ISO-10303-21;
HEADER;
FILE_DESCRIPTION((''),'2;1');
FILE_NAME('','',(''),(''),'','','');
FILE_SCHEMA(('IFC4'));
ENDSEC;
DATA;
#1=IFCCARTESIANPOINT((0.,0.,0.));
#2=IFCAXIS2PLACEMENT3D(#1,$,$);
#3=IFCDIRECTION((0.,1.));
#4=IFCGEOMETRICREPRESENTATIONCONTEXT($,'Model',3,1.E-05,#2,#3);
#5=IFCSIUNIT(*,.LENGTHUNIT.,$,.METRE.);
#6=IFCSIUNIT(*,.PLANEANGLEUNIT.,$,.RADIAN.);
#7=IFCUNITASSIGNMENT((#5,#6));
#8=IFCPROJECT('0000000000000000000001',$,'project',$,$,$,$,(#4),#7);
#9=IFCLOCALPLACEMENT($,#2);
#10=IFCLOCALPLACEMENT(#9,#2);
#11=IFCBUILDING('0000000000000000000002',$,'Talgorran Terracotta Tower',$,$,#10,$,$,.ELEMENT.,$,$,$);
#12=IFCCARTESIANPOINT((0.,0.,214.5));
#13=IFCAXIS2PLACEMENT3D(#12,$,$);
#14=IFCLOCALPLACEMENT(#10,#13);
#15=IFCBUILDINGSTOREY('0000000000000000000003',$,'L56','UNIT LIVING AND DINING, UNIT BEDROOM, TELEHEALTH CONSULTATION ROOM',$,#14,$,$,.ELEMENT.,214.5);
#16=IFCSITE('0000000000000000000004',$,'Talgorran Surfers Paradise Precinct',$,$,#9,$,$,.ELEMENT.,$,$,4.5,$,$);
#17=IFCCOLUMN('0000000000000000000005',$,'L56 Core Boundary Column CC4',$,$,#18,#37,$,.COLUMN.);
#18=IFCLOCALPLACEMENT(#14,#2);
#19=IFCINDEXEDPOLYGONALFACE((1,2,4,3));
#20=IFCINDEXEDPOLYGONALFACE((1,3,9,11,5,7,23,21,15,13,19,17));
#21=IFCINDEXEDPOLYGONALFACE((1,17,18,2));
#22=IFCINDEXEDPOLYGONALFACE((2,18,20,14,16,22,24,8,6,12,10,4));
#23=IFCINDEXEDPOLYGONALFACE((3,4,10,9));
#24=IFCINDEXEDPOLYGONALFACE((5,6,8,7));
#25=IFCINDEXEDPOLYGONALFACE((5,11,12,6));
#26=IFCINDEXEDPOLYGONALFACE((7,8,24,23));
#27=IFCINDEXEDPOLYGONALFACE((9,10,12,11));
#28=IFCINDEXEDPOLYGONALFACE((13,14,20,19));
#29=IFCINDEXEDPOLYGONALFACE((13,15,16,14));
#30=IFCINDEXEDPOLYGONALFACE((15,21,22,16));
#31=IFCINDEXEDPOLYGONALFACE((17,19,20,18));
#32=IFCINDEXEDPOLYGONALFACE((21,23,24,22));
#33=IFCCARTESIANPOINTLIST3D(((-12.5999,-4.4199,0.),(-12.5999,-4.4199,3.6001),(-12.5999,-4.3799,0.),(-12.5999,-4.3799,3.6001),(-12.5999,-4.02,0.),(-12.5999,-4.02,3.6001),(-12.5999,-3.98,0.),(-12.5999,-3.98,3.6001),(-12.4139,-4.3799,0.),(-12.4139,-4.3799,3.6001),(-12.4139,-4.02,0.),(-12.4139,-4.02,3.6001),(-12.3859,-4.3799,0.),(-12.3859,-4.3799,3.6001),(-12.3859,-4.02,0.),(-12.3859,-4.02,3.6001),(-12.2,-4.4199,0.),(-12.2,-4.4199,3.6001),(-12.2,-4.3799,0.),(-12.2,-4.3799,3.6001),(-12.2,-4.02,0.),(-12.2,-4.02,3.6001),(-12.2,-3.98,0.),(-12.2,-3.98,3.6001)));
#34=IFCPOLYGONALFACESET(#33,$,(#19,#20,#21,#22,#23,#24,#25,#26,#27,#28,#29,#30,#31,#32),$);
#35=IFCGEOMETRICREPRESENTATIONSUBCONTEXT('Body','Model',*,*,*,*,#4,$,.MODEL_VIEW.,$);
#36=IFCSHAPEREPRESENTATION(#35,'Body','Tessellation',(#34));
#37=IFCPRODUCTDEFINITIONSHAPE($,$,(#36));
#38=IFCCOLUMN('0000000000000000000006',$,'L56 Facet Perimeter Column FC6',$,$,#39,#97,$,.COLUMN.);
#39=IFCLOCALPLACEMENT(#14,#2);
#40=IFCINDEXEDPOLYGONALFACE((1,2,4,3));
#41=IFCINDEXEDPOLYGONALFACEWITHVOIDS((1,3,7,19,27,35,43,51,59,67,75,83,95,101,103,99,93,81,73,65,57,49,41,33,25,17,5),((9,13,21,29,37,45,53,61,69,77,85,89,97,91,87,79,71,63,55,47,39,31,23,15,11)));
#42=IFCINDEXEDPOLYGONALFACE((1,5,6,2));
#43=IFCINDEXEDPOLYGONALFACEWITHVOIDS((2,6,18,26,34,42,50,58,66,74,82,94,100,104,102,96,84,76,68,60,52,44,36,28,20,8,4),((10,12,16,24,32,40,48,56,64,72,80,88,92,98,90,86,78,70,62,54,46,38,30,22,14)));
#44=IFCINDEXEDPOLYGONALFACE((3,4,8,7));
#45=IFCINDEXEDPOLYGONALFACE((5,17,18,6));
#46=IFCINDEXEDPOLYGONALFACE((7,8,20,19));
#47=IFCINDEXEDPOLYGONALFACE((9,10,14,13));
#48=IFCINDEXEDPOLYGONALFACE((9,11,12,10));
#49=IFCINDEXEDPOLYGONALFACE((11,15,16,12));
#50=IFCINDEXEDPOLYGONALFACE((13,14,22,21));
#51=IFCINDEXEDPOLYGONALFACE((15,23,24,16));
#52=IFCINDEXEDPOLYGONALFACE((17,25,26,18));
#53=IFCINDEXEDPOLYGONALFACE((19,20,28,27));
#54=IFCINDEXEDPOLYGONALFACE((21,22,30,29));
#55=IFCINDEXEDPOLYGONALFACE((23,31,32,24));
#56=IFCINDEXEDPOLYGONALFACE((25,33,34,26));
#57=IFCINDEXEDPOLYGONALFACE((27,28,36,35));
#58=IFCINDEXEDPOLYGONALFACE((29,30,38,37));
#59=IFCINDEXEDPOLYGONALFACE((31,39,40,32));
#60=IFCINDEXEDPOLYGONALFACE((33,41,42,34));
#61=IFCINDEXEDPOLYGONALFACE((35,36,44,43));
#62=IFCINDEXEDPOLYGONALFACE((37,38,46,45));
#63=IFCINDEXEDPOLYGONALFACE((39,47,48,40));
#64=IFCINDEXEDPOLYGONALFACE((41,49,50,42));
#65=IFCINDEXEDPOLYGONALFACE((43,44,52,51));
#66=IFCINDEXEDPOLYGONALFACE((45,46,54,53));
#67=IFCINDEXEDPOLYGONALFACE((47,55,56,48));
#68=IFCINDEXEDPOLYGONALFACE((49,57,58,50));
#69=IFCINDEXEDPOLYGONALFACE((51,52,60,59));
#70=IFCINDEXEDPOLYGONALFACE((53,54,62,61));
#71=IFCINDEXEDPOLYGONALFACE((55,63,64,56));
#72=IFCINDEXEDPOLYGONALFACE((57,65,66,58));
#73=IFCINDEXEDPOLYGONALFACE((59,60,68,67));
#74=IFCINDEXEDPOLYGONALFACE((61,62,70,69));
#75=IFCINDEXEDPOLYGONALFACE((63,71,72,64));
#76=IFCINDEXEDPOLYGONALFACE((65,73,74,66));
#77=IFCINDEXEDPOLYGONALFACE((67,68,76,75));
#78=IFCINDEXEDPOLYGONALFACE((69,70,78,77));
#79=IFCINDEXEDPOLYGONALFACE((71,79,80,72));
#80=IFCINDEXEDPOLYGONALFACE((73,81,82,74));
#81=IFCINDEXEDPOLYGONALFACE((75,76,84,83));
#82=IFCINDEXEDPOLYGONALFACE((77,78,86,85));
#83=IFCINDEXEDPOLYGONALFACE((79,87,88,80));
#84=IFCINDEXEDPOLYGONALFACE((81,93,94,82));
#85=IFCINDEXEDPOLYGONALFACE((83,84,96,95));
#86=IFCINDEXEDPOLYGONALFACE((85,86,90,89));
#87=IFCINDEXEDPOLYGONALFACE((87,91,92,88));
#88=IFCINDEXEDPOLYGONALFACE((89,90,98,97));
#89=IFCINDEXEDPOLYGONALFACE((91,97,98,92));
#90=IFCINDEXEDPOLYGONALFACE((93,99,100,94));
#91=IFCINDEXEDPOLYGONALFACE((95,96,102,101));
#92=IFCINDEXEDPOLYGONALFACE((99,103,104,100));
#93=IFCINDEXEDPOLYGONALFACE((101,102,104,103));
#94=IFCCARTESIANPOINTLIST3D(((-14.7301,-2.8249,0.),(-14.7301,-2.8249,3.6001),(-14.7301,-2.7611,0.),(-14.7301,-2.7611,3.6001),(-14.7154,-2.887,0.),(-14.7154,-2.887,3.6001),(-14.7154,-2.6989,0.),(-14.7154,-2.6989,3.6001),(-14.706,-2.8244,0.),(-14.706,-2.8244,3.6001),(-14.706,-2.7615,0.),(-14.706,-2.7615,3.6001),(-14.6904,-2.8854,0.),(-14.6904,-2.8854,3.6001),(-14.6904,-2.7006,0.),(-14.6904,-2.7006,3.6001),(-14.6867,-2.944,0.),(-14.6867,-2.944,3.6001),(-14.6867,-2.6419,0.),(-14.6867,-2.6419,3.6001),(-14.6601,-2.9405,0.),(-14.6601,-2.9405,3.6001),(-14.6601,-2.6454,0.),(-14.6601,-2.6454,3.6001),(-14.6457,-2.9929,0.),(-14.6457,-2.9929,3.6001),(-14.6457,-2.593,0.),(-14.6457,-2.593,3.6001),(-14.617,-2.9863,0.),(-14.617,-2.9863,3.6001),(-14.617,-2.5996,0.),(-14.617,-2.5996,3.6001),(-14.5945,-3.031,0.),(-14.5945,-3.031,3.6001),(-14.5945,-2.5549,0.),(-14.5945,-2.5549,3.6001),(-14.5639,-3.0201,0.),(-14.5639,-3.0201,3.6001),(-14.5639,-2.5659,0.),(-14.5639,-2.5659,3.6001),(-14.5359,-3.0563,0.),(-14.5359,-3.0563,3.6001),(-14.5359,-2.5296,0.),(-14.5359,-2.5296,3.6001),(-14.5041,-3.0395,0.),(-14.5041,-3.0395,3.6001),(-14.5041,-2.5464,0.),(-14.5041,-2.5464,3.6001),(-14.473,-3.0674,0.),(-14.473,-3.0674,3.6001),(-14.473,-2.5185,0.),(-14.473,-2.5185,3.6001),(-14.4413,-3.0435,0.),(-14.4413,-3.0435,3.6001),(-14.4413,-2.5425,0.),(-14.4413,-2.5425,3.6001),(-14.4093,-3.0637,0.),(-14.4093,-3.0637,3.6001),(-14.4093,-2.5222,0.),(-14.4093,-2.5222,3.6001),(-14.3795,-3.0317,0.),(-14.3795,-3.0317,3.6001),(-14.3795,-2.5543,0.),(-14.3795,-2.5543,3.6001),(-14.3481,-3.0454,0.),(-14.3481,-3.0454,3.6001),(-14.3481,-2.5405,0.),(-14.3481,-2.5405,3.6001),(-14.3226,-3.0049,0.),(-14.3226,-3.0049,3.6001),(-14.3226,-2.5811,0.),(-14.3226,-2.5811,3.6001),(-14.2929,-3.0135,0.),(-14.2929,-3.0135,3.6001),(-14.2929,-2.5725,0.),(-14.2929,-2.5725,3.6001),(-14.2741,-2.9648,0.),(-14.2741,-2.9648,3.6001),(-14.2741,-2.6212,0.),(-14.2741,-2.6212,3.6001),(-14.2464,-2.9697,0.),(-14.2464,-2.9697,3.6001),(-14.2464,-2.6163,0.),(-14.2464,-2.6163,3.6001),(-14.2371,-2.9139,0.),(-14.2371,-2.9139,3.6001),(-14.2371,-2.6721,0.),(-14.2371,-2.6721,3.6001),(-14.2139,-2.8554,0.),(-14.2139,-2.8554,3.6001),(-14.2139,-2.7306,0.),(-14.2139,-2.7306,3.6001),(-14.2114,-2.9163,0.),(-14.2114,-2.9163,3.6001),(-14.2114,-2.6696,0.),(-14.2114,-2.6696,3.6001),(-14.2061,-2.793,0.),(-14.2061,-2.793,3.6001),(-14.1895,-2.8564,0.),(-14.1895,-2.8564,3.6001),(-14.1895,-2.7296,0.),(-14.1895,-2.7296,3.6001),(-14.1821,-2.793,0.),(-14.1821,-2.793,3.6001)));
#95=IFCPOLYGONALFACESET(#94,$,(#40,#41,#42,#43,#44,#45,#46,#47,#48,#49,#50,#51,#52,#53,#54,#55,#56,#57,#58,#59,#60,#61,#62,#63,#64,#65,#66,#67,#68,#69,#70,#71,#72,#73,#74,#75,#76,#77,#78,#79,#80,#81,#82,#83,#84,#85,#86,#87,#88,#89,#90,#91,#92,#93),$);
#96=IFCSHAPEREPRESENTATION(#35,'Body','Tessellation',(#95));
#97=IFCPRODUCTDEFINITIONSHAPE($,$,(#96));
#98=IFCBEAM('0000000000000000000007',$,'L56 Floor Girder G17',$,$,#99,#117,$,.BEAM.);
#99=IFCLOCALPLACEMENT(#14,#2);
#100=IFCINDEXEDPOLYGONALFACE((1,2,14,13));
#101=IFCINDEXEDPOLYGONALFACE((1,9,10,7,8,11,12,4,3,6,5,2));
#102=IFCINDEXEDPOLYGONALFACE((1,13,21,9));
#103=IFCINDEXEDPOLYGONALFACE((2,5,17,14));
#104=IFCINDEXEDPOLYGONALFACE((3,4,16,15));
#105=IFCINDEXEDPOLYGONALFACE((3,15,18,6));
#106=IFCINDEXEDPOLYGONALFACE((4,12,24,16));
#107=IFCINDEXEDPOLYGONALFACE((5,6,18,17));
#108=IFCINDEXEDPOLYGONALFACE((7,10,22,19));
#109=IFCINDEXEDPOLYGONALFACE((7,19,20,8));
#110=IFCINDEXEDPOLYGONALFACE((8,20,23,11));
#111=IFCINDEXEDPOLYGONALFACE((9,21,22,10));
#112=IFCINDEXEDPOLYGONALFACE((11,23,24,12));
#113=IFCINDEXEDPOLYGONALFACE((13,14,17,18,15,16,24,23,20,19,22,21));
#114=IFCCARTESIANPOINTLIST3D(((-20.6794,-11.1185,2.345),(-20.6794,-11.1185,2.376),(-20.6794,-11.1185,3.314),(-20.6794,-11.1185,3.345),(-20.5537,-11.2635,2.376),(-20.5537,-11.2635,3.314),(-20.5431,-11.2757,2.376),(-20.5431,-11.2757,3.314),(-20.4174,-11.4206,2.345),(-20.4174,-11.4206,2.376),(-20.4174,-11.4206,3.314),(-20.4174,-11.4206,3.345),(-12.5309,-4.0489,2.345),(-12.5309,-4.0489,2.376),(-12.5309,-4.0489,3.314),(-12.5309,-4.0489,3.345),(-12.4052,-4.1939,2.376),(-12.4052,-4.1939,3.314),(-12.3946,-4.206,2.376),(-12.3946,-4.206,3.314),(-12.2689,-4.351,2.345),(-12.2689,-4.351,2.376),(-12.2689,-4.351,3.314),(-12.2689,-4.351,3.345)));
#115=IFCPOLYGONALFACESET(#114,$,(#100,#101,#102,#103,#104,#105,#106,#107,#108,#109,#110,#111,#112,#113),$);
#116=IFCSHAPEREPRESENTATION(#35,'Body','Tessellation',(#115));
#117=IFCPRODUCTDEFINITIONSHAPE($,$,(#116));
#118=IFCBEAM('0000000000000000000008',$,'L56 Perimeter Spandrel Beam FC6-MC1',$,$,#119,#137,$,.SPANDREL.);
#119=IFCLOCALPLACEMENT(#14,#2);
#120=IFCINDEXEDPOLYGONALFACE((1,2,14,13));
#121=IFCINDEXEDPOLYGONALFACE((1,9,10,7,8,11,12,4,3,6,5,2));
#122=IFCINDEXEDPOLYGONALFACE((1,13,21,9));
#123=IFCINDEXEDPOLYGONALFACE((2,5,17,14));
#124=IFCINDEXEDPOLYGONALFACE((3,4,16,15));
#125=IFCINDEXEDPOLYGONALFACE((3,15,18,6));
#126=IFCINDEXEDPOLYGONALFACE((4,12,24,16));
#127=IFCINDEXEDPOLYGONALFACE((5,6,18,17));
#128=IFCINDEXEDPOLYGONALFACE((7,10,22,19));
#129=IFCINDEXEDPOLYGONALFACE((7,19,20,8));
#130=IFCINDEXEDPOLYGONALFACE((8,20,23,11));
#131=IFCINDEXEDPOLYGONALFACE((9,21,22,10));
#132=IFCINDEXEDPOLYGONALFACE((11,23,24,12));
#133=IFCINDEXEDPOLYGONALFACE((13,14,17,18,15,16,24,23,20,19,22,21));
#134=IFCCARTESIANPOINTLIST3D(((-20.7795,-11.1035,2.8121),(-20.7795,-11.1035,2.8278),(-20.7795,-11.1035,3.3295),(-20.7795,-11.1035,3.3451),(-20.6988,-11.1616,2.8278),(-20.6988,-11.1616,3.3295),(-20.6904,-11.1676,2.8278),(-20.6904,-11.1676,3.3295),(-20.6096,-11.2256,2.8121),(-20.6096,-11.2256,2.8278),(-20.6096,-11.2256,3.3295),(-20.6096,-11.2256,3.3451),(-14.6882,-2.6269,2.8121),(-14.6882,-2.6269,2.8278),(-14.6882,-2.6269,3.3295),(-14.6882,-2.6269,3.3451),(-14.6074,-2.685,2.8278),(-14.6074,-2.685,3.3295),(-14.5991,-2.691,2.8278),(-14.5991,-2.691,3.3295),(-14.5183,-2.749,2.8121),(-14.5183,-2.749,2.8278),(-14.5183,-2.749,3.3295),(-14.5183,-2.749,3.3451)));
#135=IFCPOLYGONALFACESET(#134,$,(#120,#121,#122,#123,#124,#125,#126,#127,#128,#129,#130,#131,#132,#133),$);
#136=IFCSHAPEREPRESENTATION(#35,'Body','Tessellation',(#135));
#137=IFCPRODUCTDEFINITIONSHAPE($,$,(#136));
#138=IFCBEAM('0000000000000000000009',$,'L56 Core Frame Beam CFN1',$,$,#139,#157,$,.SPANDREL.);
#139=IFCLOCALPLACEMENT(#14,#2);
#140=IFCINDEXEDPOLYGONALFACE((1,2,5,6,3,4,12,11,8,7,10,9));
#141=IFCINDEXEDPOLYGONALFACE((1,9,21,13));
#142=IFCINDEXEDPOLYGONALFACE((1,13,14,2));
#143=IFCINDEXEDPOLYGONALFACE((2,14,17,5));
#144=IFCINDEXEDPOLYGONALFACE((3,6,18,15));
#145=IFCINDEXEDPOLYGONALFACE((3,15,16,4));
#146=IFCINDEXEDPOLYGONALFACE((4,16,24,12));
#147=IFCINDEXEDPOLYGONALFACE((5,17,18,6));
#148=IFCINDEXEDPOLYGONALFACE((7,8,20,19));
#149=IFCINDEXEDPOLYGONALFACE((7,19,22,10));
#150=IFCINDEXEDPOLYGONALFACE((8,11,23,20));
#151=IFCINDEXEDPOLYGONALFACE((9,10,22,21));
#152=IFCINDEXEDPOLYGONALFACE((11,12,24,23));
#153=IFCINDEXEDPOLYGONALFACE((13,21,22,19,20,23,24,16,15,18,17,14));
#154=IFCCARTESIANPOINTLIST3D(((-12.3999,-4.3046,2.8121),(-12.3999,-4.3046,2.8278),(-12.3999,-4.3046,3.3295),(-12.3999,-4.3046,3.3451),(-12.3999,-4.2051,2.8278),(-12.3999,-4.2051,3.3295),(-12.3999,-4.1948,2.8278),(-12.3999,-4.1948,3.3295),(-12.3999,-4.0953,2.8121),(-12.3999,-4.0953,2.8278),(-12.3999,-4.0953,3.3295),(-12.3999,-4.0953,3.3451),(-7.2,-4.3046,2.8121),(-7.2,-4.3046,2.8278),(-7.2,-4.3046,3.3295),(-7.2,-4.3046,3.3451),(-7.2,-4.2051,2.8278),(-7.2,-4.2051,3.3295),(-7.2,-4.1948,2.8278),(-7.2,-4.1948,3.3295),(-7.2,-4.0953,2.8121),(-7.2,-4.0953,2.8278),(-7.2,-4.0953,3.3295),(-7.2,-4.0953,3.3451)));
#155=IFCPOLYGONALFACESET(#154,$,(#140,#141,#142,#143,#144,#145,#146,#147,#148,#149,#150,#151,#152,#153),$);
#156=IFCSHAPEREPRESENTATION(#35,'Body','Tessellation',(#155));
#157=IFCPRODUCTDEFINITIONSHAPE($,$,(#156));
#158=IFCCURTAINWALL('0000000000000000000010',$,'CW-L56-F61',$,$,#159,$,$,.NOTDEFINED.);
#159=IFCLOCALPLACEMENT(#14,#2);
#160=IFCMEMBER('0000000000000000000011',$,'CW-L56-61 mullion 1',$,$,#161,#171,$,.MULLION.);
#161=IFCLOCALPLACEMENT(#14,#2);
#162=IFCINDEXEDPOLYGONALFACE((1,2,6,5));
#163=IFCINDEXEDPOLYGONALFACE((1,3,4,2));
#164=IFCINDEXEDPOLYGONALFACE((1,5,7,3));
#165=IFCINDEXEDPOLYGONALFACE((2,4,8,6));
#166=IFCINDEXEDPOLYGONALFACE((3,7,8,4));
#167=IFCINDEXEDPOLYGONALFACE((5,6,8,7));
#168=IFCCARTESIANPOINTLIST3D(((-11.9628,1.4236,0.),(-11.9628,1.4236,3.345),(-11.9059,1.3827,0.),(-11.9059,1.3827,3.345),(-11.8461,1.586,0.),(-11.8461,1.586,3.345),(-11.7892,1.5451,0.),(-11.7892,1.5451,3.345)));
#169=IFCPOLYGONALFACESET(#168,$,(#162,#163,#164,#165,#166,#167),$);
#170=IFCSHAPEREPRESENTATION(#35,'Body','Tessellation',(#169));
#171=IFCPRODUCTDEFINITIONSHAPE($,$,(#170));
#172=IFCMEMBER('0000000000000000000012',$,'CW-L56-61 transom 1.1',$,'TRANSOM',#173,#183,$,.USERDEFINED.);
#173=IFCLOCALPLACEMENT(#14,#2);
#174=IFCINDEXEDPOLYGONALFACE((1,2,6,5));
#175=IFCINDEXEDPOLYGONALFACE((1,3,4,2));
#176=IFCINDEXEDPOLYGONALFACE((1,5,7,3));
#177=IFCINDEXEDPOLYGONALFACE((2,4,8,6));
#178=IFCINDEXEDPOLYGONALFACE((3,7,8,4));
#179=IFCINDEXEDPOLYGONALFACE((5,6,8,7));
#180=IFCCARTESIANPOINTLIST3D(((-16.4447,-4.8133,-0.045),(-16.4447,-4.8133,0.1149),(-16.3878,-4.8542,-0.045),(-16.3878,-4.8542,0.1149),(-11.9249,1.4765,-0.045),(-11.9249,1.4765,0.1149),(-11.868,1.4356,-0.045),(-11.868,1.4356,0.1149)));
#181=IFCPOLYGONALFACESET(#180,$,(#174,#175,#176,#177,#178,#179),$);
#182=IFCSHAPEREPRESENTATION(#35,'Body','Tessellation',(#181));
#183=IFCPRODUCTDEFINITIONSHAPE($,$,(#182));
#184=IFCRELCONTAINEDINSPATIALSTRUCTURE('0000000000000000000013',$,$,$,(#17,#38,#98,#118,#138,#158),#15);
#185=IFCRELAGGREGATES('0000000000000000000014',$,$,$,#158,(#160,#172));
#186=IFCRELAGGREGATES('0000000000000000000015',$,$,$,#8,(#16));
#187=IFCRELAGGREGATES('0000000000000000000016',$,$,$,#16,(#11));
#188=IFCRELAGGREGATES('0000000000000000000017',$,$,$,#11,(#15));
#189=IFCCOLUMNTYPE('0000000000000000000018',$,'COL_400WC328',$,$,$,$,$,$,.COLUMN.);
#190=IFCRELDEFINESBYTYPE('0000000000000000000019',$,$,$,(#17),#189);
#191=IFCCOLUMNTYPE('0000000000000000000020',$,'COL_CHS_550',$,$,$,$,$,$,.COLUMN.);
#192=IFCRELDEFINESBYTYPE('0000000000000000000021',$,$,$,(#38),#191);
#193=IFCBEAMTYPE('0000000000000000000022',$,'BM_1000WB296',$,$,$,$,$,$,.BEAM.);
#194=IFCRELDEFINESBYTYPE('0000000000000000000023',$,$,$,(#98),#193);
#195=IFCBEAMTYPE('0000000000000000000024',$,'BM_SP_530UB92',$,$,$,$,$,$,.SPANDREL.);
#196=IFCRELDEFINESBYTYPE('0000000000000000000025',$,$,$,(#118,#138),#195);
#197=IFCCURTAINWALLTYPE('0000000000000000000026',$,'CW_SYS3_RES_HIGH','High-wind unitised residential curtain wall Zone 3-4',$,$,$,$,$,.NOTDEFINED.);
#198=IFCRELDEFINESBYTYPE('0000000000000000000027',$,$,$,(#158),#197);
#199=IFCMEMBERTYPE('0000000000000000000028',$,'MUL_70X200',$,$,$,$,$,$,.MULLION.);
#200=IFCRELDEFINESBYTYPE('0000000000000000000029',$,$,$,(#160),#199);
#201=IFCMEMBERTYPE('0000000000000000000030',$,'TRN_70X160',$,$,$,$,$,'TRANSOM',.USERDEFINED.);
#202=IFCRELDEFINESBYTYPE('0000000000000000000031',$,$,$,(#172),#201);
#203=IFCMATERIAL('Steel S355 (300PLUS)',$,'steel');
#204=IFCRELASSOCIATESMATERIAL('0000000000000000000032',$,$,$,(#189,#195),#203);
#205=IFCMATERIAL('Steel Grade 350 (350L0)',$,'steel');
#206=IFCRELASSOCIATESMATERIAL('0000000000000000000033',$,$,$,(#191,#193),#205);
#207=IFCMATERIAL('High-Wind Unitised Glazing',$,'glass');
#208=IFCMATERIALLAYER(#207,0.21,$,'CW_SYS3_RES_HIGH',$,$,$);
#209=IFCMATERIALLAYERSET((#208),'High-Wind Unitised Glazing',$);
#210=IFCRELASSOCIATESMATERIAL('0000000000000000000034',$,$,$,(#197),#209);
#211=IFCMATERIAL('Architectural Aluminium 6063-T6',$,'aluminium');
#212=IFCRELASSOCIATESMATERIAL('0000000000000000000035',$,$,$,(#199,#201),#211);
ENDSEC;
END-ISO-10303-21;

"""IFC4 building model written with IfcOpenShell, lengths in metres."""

from ifc_helpers import new_model, si_unit, direction, frame, origin, origin_2d, place, context, subcontext, project, spatial, rectangle, hollow_circle, i_section, extrude, material, layer, layer_set, material_profile, profile_set, type_object, element, aggregate, save


model = new_model("IFC4")

# Units and contexts
model_context = context("Model", 3, precision=1e-05, world=origin(), true_north=direction((0.0, 1.0)))
body_context = subcontext(model_context, "Body", "Model", "MODEL_VIEW")
ifc_project = project(units=[si_unit("LENGTHUNIT", "METRE"), si_unit("PLANEANGLEUNIT", "RADIAN")], contexts=[model_context])

# Site, building, storey
site_placement = place(None, origin())
site = spatial("IfcSite", under=ifc_project, at=site_placement, Name="Talgorran Surfers Paradise Precinct", CompositionType="ELEMENT", RefElevation=4.5)
building_placement = place(site_placement, origin())
building = spatial("IfcBuilding", under=site, at=building_placement, Name="Talgorran Terracotta Tower", CompositionType="ELEMENT")
storey_placement = place(building_placement, frame((0.0, 0.0, 214.5)))
storey = spatial("IfcBuildingStorey", under=building, at=storey_placement, Name="L56", Description="UNIT LIVING AND DINING, UNIT BEDROOM, TELEHEALTH CONSULTATION ROOM", CompositionType="ELEMENT", Elevation=214.5)

# Columns
ifc_material_1 = material(Name="Steel S355 (300PLUS)", Category="steel")
ifc_material_profile_1 = material_profile(ifc_material_1, i_section(OverallWidth=0.3999, OverallDepth=0.4399, WebThickness=0.0281, FlangeThickness=0.04, at=origin_2d()), Name="400WC328")
ifc_profile_set_1 = profile_set([ifc_material_profile_1], Name="Steel S355 (300PLUS)")
column_type_1 = type_object("IfcColumnType", Name="COL_400WC328", PredefinedType="COLUMN", material=ifc_profile_set_1)
column_1_placement = place(storey_placement, frame((-12.3999, -4.2, 0.0), z_axis=(0.0, 0.0, 1.0), x_axis=(1.0, 0.0, 0.0)))
element("IfcColumn", 1, at=column_1_placement, inside=storey, type_object=column_type_1, Name="L56 Core Boundary Column CC4", PredefinedType="COLUMN", context=body_context, shape_type="SweptSolid", body=[
    extrude(i_section(OverallWidth=0.3999, OverallDepth=0.4399, WebThickness=0.0281, FlangeThickness=0.04, at=origin_2d()), origin(), (0.0, 0.0, 1.0), 3.6001),
])
ifc_material_2 = material(Name="Steel Grade 350 (350L0)", Category="steel")
ifc_material_profile_2 = material_profile(ifc_material_2, hollow_circle(Radius=0.2749, WallThickness=0.0239, at=origin_2d()), Name="CHS550X24")
ifc_profile_set_2 = profile_set([ifc_material_profile_2], Name="Steel Grade 350 (350L0)")
column_type_2 = type_object("IfcColumnType", Name="COL_CHS_550", PredefinedType="COLUMN", material=ifc_profile_set_2)
column_2_placement = place(storey_placement, frame((-14.457, -2.793, 0.0), z_axis=(0.0, 0.0, 1.0), x_axis=(1.0, 0.0, 0.0)))
element("IfcColumn", 2, at=column_2_placement, inside=storey, type_object=column_type_2, Name="L56 Facet Perimeter Column FC6", PredefinedType="COLUMN", context=body_context, shape_type="SweptSolid", body=[
    extrude(hollow_circle(Radius=0.2749, WallThickness=0.0239, at=origin_2d()), origin(), (0.0, 0.0, 1.0), 3.6001),
])

# Beams
ifc_material_profile_3 = material_profile(ifc_material_2, i_section(OverallWidth=0.3999, OverallDepth=1.0, WebThickness=0.0161, FlangeThickness=0.031, at=origin_2d()), Name="1000WB296")
ifc_profile_set_3 = profile_set([ifc_material_profile_3], Name="Steel Grade 350 (350L0)")
beam_type_1 = type_object("IfcBeamType", Name="BM_1000WB296", PredefinedType="BEAM", material=ifc_profile_set_3)
beam_1_placement = place(storey_placement, frame((-12.3999, -4.2, 2.845), z_axis=(-0.75534, -0.655333, 0.0), x_axis=(0.655333, -0.75534, 0.0)))
element("IfcBeam", 3, at=beam_1_placement, inside=storey, type_object=beam_type_1, Name="L56 Floor Girder G17", PredefinedType="BEAM", context=body_context, shape_type="SweptSolid", body=[
    extrude(i_section(OverallWidth=0.3999, OverallDepth=1.0, WebThickness=0.0161, FlangeThickness=0.031, at=origin_2d()), origin(), (0.0, 0.0, 1.0), 10.7878),
])
ifc_material_profile_4 = material_profile(ifc_material_1, i_section(OverallWidth=0.2092, OverallDepth=0.533, WebThickness=0.0103, FlangeThickness=0.0156, at=origin_2d()), Name="530UB92.4")
ifc_profile_set_4 = profile_set([ifc_material_profile_4], Name="Steel S355 (300PLUS)")
beam_type_2 = type_object("IfcBeamType", Name="BM_SP_530UB92", PredefinedType="SPANDREL", material=ifc_profile_set_4)
beam_2_placement = place(storey_placement, frame((-14.6033, -2.688, 3.0786), z_axis=(-0.583559, -0.812071, 0.0), x_axis=(0.812071, -0.583559, 0.0)))
element("IfcBeam", 4, at=beam_2_placement, inside=storey, type_object=beam_type_2, Name="L56 Perimeter Spandrel Beam FC6-MC1", PredefinedType="SPANDREL", context=body_context, shape_type="SweptSolid", body=[
    extrude(i_section(OverallWidth=0.2092, OverallDepth=0.533, WebThickness=0.0103, FlangeThickness=0.0156, at=origin_2d()), origin(), (0.0, 0.0, 1.0), 10.4382),
])
beam_3_placement = place(storey_placement, frame((-12.3999, -4.2, 3.0786), z_axis=(1.0, 0.0, 0.0), x_axis=(0.0, 1.0, 0.0)))
element("IfcBeam", 5, at=beam_3_placement, inside=storey, type_object=beam_type_2, Name="L56 Core Frame Beam CFN1", PredefinedType="SPANDREL", context=body_context, shape_type="SweptSolid", body=[
    extrude(i_section(OverallWidth=0.2092, OverallDepth=0.533, WebThickness=0.0103, FlangeThickness=0.0156, at=origin_2d()), origin(), (0.0, 0.0, 1.0), 5.2),
])

# Curtain wall, members
ifc_material_3 = material(Name="High-Wind Unitised Glazing", Category="glass")
ifc_layer_1 = layer(ifc_material_3, 0.21, Name="CW_SYS3_RES_HIGH")
ifc_layer_set_1 = layer_set([ifc_layer_1], Name="High-Wind Unitised Glazing")
curtain_wall_type = type_object("IfcCurtainWallType", Name="CW_SYS3_RES_HIGH", Description="High-wind unitised residential curtain wall Zone 3-4", PredefinedType="NOTDEFINED", material=ifc_layer_set_1)
curtain_wall_placement = place(storey_placement, origin())
curtain_wall = element("IfcCurtainWall", 6, at=curtain_wall_placement, inside=storey, type_object=curtain_wall_type, Name="CW-L56-F61", PredefinedType="NOTDEFINED")
ifc_material_4 = material(Name="Architectural Aluminium 6063-T6", Category="aluminium")
ifc_material_profile_5 = material_profile(ifc_material_4, rectangle(XDim=0.0701, YDim=0.2, at=origin_2d()), Name="CWM70X200")
ifc_profile_set_5 = profile_set([ifc_material_profile_5], Name="Architectural Aluminium 6063-T6")
member_type_1 = type_object("IfcMemberType", Name="MUL_70X200", PredefinedType="MULLION", material=ifc_profile_set_5)
member_1_placement = place(storey_placement, frame((-11.876, 1.4844, 0.0), z_axis=(0.0, 0.0, 1.0), x_axis=(0.812075, -0.583552, 0.0)))
member_1 = element("IfcMember", 7, at=member_1_placement, type_object=member_type_1, Name="CW-L56-61 mullion 1", PredefinedType="MULLION", context=body_context, shape_type="SweptSolid", body=[
    extrude(rectangle(XDim=0.0701, YDim=0.2, at=origin_2d()), origin(), (0.0, 0.0, 1.0), 3.345),
])
ifc_material_profile_6 = material_profile(ifc_material_4, rectangle(XDim=0.0701, YDim=0.1599, at=origin_2d()), Name="CWT70X160")
ifc_profile_set_6 = profile_set([ifc_material_profile_6], Name="Architectural Aluminium 6063-T6")
member_type_2 = type_object("IfcMemberType", Name="TRN_70X160", ElementType="TRANSOM", PredefinedType="USERDEFINED", material=ifc_profile_set_6)
member_2_placement = place(storey_placement, frame((-11.8965, 1.4561, 0.0349), z_axis=(-0.58355, -0.812077, 0.0), x_axis=(0.812077, -0.58355, 0.0)))
member_2 = element("IfcMember", 8, at=member_2_placement, type_object=member_type_2, Name="CW-L56-61 transom 1.1", ObjectType="TRANSOM", PredefinedType="USERDEFINED", context=body_context, shape_type="SweptSolid", body=[
    extrude(rectangle(XDim=0.0701, YDim=0.1599, at=origin_2d()), origin(), (0.0, 0.0, 1.0), 7.7454),
])

aggregate(curtain_wall, [member_1, member_2])

save(model, "model.ifc")
